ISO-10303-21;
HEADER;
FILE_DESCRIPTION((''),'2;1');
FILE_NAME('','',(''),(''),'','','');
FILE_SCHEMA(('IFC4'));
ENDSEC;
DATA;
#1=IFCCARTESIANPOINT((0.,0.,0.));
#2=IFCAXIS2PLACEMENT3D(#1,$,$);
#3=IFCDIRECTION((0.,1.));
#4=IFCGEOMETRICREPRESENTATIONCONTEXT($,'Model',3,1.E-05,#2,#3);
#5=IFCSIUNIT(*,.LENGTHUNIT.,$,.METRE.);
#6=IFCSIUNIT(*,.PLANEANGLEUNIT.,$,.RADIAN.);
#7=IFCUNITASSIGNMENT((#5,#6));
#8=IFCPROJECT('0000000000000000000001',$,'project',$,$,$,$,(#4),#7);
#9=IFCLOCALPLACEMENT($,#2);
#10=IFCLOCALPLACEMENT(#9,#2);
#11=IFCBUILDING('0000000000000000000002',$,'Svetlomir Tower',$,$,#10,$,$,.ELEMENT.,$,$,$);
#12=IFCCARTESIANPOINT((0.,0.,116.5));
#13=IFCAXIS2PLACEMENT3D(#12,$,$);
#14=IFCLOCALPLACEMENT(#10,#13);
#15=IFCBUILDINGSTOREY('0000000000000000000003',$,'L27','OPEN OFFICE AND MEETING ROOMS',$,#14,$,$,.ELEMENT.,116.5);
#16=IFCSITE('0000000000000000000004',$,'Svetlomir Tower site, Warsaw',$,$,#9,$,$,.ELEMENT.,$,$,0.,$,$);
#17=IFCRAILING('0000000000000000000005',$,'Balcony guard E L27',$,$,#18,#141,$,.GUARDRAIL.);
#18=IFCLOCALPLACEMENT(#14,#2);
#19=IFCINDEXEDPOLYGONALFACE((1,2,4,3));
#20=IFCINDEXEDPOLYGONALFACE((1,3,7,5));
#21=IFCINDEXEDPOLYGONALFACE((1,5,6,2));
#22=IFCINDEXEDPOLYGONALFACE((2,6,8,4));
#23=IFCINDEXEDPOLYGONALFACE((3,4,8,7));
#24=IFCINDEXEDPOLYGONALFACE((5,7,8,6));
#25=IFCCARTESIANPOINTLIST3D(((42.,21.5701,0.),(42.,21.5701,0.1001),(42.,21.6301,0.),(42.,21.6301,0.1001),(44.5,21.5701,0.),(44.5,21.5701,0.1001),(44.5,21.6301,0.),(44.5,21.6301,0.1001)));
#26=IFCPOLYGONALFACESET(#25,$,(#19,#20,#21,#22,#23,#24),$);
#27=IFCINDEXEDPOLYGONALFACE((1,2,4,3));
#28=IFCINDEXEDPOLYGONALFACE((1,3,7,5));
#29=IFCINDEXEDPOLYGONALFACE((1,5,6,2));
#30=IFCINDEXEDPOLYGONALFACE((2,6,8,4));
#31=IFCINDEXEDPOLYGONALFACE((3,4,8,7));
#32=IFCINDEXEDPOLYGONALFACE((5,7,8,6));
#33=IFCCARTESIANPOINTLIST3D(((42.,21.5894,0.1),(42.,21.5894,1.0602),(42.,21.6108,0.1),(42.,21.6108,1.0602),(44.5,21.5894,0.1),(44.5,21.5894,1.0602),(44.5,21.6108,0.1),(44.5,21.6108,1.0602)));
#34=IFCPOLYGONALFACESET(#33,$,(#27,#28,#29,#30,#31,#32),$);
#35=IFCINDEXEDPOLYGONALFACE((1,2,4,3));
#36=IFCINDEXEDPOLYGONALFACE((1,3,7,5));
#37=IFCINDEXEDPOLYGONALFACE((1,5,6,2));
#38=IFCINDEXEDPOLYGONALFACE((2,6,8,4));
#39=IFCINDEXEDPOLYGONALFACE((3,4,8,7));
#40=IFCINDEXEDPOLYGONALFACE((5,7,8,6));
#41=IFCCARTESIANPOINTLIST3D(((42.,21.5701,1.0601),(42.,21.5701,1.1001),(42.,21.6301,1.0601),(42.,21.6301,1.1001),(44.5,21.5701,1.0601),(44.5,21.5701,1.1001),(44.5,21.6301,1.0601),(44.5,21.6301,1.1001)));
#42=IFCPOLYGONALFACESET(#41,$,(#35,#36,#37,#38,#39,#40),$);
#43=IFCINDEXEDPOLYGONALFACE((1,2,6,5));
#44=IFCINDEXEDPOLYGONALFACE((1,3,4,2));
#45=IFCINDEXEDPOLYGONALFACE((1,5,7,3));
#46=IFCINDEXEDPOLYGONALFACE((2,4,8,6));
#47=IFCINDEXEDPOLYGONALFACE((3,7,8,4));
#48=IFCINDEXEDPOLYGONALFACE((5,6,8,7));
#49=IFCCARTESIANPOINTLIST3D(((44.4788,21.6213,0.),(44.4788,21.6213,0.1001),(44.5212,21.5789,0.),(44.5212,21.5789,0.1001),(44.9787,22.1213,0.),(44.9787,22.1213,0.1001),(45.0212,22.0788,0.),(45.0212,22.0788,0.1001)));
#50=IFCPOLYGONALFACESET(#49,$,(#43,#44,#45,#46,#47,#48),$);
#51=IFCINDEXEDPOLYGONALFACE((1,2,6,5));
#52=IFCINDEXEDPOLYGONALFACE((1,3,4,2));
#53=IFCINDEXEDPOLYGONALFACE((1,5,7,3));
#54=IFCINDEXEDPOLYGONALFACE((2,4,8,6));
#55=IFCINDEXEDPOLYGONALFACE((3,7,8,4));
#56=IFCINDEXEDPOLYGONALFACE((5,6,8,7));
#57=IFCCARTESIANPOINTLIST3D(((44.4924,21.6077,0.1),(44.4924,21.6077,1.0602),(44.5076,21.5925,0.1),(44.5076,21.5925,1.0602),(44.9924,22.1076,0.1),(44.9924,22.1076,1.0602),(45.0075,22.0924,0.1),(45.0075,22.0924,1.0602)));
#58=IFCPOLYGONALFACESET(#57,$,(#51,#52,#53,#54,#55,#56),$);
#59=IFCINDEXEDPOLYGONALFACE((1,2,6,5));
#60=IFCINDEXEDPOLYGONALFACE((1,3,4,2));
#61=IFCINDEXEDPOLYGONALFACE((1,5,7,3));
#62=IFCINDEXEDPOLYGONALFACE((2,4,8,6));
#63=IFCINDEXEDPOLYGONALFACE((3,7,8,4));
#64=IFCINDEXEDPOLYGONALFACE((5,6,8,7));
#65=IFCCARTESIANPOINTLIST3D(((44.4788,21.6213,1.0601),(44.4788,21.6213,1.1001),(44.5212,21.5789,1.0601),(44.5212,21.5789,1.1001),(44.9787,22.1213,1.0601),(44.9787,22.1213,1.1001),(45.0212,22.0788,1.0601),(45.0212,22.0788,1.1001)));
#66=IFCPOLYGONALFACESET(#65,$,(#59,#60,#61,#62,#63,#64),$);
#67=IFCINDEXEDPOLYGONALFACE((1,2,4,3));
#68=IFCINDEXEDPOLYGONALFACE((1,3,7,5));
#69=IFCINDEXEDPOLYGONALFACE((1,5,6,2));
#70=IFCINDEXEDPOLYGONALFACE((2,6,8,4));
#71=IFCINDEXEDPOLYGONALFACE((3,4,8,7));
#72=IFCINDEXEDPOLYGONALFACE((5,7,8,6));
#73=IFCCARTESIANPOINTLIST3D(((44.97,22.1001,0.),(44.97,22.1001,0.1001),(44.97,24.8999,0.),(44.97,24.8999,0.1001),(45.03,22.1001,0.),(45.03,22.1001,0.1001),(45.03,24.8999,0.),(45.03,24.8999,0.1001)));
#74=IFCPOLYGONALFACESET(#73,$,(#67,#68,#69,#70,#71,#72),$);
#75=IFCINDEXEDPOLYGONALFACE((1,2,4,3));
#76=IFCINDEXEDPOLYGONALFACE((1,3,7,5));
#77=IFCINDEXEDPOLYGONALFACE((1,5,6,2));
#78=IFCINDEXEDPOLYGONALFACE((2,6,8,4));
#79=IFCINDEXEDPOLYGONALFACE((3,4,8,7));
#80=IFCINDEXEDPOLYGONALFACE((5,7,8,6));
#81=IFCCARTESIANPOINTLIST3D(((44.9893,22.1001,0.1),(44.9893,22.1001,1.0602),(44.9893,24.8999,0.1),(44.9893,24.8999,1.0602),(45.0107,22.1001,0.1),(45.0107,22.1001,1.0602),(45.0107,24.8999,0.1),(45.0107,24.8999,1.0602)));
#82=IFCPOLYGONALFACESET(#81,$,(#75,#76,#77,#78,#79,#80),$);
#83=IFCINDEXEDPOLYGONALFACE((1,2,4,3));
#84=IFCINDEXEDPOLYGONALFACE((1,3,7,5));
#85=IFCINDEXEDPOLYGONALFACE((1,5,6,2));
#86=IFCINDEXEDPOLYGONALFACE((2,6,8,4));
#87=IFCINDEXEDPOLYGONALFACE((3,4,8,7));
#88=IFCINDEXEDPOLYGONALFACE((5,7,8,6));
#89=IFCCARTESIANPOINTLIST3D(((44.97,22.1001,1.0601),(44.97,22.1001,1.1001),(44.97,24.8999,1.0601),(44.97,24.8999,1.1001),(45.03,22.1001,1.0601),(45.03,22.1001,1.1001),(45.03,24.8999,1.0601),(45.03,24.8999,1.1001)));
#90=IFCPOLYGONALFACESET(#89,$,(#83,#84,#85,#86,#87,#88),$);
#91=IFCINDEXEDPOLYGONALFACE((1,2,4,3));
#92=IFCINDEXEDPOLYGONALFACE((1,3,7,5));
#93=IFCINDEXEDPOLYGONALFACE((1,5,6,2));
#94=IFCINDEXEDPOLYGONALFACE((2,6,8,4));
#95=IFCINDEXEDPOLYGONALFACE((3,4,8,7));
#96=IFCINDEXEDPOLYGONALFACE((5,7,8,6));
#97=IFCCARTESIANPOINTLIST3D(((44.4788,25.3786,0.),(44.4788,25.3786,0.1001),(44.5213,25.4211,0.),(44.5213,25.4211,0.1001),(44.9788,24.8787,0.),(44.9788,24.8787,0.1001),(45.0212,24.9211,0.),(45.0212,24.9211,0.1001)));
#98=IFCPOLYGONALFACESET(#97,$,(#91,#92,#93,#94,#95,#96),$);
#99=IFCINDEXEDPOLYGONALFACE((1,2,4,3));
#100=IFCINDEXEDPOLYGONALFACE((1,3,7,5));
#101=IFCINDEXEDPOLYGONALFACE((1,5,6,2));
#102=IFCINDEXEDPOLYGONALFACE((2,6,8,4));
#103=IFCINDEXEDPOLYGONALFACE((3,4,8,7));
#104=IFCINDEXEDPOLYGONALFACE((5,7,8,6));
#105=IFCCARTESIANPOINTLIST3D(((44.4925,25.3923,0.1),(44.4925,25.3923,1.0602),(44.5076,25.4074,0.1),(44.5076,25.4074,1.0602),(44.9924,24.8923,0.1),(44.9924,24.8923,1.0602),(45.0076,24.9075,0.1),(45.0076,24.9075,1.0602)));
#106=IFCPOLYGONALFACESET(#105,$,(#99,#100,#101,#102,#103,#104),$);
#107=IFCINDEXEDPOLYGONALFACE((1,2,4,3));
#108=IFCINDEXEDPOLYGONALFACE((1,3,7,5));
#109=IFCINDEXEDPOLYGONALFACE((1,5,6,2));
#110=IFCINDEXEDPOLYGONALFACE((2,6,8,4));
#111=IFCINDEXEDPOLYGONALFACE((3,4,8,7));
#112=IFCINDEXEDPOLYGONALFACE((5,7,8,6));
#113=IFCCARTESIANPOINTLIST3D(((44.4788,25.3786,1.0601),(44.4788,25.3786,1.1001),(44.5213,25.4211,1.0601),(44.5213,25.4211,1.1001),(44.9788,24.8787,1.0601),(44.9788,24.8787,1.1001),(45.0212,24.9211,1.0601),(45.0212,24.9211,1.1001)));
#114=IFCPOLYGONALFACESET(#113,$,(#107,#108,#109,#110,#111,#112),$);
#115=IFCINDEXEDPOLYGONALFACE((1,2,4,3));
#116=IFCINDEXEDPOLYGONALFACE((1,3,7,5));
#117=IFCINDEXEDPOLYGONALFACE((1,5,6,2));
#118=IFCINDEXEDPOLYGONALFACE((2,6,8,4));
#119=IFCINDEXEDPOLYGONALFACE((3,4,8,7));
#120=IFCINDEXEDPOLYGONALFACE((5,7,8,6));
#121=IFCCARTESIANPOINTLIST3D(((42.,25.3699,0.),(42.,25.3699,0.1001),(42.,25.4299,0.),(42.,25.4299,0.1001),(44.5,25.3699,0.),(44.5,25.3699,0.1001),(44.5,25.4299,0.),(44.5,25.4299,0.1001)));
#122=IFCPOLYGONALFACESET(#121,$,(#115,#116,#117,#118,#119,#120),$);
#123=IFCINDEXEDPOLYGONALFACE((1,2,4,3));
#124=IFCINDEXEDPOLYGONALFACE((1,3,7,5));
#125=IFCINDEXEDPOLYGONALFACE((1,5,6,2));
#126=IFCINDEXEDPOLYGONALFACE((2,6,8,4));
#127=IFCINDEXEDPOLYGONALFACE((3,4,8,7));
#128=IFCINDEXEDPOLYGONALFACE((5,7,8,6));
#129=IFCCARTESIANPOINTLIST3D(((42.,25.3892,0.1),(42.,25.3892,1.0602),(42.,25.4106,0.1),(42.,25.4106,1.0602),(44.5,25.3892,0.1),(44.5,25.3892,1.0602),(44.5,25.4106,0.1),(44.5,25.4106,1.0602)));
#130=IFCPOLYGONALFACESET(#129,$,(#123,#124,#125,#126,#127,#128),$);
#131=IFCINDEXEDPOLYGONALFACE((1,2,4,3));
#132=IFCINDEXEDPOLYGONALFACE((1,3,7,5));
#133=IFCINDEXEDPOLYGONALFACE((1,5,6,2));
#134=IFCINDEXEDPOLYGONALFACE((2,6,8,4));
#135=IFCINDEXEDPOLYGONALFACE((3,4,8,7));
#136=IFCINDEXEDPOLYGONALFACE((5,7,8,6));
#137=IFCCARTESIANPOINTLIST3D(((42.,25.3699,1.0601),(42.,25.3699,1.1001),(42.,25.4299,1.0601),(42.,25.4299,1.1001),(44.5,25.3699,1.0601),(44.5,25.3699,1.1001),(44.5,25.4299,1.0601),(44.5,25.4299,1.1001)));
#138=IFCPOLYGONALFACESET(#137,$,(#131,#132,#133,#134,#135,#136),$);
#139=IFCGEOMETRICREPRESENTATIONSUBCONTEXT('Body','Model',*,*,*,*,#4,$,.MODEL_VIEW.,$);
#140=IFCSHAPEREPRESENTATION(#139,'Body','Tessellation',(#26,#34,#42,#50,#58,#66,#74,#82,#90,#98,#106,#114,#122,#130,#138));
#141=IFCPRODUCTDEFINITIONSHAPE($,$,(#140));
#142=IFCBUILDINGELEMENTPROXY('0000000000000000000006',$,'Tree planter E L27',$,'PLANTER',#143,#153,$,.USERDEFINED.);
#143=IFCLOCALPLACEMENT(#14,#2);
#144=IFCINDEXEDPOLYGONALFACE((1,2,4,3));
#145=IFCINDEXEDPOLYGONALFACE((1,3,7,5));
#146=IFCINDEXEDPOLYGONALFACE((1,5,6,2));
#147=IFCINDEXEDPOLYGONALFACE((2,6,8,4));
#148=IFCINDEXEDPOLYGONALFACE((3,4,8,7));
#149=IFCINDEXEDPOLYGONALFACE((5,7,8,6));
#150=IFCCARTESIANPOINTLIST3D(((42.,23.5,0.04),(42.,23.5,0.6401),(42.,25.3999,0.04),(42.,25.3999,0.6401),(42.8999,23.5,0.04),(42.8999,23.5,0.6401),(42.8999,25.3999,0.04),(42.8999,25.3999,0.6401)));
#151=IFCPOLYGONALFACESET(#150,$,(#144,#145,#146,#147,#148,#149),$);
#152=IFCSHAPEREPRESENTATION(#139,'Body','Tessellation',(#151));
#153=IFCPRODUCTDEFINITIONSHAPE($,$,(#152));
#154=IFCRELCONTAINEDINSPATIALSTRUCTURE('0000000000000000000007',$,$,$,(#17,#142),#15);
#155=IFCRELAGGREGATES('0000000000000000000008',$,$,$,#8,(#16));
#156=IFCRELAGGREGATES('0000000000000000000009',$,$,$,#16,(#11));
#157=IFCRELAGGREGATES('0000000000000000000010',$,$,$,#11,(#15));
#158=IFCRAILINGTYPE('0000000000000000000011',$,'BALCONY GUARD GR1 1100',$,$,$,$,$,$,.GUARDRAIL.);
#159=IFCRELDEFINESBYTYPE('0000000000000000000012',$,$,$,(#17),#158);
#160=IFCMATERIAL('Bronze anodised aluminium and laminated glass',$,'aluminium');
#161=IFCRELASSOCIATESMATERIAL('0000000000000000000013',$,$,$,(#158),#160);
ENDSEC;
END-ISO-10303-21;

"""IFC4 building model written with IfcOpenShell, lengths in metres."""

from ifc_helpers import new_model, si_unit, direction, frame, origin, origin_2d, place, context, subcontext, project, spatial, rectangle, extrude, material, type_object, element, save


model = new_model("IFC4")

# Units and contexts
model_context = context("Model", 3, precision=1e-05, world=origin(), true_north=direction((0.0, 1.0)))
body_context = subcontext(model_context, "Body", "Model", "MODEL_VIEW")
ifc_project = project(units=[si_unit("LENGTHUNIT", "METRE"), si_unit("PLANEANGLEUNIT", "RADIAN")], contexts=[model_context])

# Site, building, storey
site_placement = place(None, origin())
site = spatial("IfcSite", under=ifc_project, at=site_placement, Name="Svetlomir Tower site, Warsaw", CompositionType="ELEMENT", RefElevation=0.0)
building_placement = place(site_placement, origin())
building = spatial("IfcBuilding", under=site, at=building_placement, Name="Svetlomir Tower", CompositionType="ELEMENT")
storey_placement = place(building_placement, frame((0.0, 0.0, 116.5)))
storey = spatial("IfcBuildingStorey", under=building, at=storey_placement, Name="L27", Description="OPEN OFFICE AND MEETING ROOMS", CompositionType="ELEMENT", Elevation=116.5)

# Railing
ifc_material_1 = material(Name="Bronze anodised aluminium and laminated glass", Category="aluminium")
railing_type = type_object("IfcRailingType", Name="BALCONY GUARD GR1 1100", PredefinedType="GUARDRAIL", material=ifc_material_1)
railing_placement = place(storey_placement, frame((42.0, 21.6001, 0.0)))
element("IfcRailing", 1, at=railing_placement, inside=storey, type_object=railing_type, Name="Balcony guard E L27", PredefinedType="GUARDRAIL", context=body_context, shape_type="SweptSolid", body=[
    extrude(rectangle(XDim=0.0601, YDim=0.1001, at=origin_2d()), frame((0.0, 0.0, 0.05), z_axis=(1.0, 0.0, 0.0), x_axis=(0.0, 1.0, 0.0)), (0.0, 0.0, 1.0), 2.5),
    extrude(rectangle(XDim=0.0215, YDim=0.9602, at=origin_2d()), frame((0.0, 0.0, 0.5801), z_axis=(1.0, 0.0, 0.0), x_axis=(0.0, 1.0, 0.0)), (0.0, 0.0, 1.0), 2.5),
    extrude(rectangle(XDim=0.0601, YDim=0.04, at=origin_2d()), frame((0.0, 0.0, 1.0801), z_axis=(1.0, 0.0, 0.0), x_axis=(0.0, 1.0, 0.0)), (0.0, 0.0, 1.0), 2.5),
    extrude(rectangle(XDim=0.0601, YDim=0.1001, at=origin_2d()), frame((2.5, 0.0, 0.05), z_axis=(0.707107, 0.707107, 0.0), x_axis=(-0.707107, 0.707107, 0.0)), (0.0, 0.0, 1.0), 0.707),
    extrude(rectangle(XDim=0.0215, YDim=0.9602, at=origin_2d()), frame((2.5, 0.0, 0.5801), z_axis=(0.707107, 0.707107, 0.0), x_axis=(-0.707107, 0.707107, 0.0)), (0.0, 0.0, 1.0), 0.707),
    extrude(rectangle(XDim=0.0601, YDim=0.04, at=origin_2d()), frame((2.5, 0.0, 1.0801), z_axis=(0.707107, 0.707107, 0.0), x_axis=(-0.707107, 0.707107, 0.0)), (0.0, 0.0, 1.0), 0.707),
    extrude(rectangle(XDim=0.0601, YDim=0.1001, at=origin_2d()), frame((3.0, 0.5, 0.05), z_axis=(0.0, 1.0, 0.0), x_axis=(-1.0, 0.0, 0.0)), (0.0, 0.0, 1.0), 2.7998),
    extrude(rectangle(XDim=0.0215, YDim=0.9602, at=origin_2d()), frame((3.0, 0.5, 0.5801), z_axis=(0.0, 1.0, 0.0), x_axis=(-1.0, 0.0, 0.0)), (0.0, 0.0, 1.0), 2.7998),
    extrude(rectangle(XDim=0.0601, YDim=0.04, at=origin_2d()), frame((3.0, 0.5, 1.0801), z_axis=(0.0, 1.0, 0.0), x_axis=(-1.0, 0.0, 0.0)), (0.0, 0.0, 1.0), 2.7998),
    extrude(rectangle(XDim=0.0601, YDim=0.1001, at=origin_2d()), frame((3.0, 3.2998, 0.05), z_axis=(-0.707107, 0.707107, 0.0), x_axis=(-0.707107, -0.707107, 0.0)), (0.0, 0.0, 1.0), 0.707),
    extrude(rectangle(XDim=0.0215, YDim=0.9602, at=origin_2d()), frame((3.0, 3.2998, 0.5801), z_axis=(-0.707107, 0.707107, 0.0), x_axis=(-0.707107, -0.707107, 0.0)), (0.0, 0.0, 1.0), 0.707),
    extrude(rectangle(XDim=0.0601, YDim=0.04, at=origin_2d()), frame((3.0, 3.2998, 1.0801), z_axis=(-0.707107, 0.707107, 0.0), x_axis=(-0.707107, -0.707107, 0.0)), (0.0, 0.0, 1.0), 0.707),
    extrude(rectangle(XDim=0.0601, YDim=0.1001, at=origin_2d()), frame((2.5, 3.7998, 0.05), z_axis=(-1.0, 0.0, 0.0), x_axis=(0.0, -1.0, 0.0)), (0.0, 0.0, 1.0), 2.5),
    extrude(rectangle(XDim=0.0215, YDim=0.9602, at=origin_2d()), frame((2.5, 3.7998, 0.5801), z_axis=(-1.0, 0.0, 0.0), x_axis=(0.0, -1.0, 0.0)), (0.0, 0.0, 1.0), 2.5),
    extrude(rectangle(XDim=0.0601, YDim=0.04, at=origin_2d()), frame((2.5, 3.7998, 1.0801), z_axis=(-1.0, 0.0, 0.0), x_axis=(0.0, -1.0, 0.0)), (0.0, 0.0, 1.0), 2.5),
])

# Building element proxy
proxy_placement = place(storey_placement, frame((42.45, 24.45, 0.04), z_axis=(0.0, 0.0, 1.0), x_axis=(1.0, 0.0, 0.0)))
element("IfcBuildingElementProxy", 2, at=proxy_placement, inside=storey, Name="Tree planter E L27", ObjectType="PLANTER", PredefinedType="USERDEFINED", context=body_context, shape_type="SweptSolid", body=[
    extrude(rectangle(XDim=0.8999, YDim=1.8999, at=origin_2d()), origin(), (0.0, 0.0, 1.0), 0.6001),
])

save(model, "model.ifc")
